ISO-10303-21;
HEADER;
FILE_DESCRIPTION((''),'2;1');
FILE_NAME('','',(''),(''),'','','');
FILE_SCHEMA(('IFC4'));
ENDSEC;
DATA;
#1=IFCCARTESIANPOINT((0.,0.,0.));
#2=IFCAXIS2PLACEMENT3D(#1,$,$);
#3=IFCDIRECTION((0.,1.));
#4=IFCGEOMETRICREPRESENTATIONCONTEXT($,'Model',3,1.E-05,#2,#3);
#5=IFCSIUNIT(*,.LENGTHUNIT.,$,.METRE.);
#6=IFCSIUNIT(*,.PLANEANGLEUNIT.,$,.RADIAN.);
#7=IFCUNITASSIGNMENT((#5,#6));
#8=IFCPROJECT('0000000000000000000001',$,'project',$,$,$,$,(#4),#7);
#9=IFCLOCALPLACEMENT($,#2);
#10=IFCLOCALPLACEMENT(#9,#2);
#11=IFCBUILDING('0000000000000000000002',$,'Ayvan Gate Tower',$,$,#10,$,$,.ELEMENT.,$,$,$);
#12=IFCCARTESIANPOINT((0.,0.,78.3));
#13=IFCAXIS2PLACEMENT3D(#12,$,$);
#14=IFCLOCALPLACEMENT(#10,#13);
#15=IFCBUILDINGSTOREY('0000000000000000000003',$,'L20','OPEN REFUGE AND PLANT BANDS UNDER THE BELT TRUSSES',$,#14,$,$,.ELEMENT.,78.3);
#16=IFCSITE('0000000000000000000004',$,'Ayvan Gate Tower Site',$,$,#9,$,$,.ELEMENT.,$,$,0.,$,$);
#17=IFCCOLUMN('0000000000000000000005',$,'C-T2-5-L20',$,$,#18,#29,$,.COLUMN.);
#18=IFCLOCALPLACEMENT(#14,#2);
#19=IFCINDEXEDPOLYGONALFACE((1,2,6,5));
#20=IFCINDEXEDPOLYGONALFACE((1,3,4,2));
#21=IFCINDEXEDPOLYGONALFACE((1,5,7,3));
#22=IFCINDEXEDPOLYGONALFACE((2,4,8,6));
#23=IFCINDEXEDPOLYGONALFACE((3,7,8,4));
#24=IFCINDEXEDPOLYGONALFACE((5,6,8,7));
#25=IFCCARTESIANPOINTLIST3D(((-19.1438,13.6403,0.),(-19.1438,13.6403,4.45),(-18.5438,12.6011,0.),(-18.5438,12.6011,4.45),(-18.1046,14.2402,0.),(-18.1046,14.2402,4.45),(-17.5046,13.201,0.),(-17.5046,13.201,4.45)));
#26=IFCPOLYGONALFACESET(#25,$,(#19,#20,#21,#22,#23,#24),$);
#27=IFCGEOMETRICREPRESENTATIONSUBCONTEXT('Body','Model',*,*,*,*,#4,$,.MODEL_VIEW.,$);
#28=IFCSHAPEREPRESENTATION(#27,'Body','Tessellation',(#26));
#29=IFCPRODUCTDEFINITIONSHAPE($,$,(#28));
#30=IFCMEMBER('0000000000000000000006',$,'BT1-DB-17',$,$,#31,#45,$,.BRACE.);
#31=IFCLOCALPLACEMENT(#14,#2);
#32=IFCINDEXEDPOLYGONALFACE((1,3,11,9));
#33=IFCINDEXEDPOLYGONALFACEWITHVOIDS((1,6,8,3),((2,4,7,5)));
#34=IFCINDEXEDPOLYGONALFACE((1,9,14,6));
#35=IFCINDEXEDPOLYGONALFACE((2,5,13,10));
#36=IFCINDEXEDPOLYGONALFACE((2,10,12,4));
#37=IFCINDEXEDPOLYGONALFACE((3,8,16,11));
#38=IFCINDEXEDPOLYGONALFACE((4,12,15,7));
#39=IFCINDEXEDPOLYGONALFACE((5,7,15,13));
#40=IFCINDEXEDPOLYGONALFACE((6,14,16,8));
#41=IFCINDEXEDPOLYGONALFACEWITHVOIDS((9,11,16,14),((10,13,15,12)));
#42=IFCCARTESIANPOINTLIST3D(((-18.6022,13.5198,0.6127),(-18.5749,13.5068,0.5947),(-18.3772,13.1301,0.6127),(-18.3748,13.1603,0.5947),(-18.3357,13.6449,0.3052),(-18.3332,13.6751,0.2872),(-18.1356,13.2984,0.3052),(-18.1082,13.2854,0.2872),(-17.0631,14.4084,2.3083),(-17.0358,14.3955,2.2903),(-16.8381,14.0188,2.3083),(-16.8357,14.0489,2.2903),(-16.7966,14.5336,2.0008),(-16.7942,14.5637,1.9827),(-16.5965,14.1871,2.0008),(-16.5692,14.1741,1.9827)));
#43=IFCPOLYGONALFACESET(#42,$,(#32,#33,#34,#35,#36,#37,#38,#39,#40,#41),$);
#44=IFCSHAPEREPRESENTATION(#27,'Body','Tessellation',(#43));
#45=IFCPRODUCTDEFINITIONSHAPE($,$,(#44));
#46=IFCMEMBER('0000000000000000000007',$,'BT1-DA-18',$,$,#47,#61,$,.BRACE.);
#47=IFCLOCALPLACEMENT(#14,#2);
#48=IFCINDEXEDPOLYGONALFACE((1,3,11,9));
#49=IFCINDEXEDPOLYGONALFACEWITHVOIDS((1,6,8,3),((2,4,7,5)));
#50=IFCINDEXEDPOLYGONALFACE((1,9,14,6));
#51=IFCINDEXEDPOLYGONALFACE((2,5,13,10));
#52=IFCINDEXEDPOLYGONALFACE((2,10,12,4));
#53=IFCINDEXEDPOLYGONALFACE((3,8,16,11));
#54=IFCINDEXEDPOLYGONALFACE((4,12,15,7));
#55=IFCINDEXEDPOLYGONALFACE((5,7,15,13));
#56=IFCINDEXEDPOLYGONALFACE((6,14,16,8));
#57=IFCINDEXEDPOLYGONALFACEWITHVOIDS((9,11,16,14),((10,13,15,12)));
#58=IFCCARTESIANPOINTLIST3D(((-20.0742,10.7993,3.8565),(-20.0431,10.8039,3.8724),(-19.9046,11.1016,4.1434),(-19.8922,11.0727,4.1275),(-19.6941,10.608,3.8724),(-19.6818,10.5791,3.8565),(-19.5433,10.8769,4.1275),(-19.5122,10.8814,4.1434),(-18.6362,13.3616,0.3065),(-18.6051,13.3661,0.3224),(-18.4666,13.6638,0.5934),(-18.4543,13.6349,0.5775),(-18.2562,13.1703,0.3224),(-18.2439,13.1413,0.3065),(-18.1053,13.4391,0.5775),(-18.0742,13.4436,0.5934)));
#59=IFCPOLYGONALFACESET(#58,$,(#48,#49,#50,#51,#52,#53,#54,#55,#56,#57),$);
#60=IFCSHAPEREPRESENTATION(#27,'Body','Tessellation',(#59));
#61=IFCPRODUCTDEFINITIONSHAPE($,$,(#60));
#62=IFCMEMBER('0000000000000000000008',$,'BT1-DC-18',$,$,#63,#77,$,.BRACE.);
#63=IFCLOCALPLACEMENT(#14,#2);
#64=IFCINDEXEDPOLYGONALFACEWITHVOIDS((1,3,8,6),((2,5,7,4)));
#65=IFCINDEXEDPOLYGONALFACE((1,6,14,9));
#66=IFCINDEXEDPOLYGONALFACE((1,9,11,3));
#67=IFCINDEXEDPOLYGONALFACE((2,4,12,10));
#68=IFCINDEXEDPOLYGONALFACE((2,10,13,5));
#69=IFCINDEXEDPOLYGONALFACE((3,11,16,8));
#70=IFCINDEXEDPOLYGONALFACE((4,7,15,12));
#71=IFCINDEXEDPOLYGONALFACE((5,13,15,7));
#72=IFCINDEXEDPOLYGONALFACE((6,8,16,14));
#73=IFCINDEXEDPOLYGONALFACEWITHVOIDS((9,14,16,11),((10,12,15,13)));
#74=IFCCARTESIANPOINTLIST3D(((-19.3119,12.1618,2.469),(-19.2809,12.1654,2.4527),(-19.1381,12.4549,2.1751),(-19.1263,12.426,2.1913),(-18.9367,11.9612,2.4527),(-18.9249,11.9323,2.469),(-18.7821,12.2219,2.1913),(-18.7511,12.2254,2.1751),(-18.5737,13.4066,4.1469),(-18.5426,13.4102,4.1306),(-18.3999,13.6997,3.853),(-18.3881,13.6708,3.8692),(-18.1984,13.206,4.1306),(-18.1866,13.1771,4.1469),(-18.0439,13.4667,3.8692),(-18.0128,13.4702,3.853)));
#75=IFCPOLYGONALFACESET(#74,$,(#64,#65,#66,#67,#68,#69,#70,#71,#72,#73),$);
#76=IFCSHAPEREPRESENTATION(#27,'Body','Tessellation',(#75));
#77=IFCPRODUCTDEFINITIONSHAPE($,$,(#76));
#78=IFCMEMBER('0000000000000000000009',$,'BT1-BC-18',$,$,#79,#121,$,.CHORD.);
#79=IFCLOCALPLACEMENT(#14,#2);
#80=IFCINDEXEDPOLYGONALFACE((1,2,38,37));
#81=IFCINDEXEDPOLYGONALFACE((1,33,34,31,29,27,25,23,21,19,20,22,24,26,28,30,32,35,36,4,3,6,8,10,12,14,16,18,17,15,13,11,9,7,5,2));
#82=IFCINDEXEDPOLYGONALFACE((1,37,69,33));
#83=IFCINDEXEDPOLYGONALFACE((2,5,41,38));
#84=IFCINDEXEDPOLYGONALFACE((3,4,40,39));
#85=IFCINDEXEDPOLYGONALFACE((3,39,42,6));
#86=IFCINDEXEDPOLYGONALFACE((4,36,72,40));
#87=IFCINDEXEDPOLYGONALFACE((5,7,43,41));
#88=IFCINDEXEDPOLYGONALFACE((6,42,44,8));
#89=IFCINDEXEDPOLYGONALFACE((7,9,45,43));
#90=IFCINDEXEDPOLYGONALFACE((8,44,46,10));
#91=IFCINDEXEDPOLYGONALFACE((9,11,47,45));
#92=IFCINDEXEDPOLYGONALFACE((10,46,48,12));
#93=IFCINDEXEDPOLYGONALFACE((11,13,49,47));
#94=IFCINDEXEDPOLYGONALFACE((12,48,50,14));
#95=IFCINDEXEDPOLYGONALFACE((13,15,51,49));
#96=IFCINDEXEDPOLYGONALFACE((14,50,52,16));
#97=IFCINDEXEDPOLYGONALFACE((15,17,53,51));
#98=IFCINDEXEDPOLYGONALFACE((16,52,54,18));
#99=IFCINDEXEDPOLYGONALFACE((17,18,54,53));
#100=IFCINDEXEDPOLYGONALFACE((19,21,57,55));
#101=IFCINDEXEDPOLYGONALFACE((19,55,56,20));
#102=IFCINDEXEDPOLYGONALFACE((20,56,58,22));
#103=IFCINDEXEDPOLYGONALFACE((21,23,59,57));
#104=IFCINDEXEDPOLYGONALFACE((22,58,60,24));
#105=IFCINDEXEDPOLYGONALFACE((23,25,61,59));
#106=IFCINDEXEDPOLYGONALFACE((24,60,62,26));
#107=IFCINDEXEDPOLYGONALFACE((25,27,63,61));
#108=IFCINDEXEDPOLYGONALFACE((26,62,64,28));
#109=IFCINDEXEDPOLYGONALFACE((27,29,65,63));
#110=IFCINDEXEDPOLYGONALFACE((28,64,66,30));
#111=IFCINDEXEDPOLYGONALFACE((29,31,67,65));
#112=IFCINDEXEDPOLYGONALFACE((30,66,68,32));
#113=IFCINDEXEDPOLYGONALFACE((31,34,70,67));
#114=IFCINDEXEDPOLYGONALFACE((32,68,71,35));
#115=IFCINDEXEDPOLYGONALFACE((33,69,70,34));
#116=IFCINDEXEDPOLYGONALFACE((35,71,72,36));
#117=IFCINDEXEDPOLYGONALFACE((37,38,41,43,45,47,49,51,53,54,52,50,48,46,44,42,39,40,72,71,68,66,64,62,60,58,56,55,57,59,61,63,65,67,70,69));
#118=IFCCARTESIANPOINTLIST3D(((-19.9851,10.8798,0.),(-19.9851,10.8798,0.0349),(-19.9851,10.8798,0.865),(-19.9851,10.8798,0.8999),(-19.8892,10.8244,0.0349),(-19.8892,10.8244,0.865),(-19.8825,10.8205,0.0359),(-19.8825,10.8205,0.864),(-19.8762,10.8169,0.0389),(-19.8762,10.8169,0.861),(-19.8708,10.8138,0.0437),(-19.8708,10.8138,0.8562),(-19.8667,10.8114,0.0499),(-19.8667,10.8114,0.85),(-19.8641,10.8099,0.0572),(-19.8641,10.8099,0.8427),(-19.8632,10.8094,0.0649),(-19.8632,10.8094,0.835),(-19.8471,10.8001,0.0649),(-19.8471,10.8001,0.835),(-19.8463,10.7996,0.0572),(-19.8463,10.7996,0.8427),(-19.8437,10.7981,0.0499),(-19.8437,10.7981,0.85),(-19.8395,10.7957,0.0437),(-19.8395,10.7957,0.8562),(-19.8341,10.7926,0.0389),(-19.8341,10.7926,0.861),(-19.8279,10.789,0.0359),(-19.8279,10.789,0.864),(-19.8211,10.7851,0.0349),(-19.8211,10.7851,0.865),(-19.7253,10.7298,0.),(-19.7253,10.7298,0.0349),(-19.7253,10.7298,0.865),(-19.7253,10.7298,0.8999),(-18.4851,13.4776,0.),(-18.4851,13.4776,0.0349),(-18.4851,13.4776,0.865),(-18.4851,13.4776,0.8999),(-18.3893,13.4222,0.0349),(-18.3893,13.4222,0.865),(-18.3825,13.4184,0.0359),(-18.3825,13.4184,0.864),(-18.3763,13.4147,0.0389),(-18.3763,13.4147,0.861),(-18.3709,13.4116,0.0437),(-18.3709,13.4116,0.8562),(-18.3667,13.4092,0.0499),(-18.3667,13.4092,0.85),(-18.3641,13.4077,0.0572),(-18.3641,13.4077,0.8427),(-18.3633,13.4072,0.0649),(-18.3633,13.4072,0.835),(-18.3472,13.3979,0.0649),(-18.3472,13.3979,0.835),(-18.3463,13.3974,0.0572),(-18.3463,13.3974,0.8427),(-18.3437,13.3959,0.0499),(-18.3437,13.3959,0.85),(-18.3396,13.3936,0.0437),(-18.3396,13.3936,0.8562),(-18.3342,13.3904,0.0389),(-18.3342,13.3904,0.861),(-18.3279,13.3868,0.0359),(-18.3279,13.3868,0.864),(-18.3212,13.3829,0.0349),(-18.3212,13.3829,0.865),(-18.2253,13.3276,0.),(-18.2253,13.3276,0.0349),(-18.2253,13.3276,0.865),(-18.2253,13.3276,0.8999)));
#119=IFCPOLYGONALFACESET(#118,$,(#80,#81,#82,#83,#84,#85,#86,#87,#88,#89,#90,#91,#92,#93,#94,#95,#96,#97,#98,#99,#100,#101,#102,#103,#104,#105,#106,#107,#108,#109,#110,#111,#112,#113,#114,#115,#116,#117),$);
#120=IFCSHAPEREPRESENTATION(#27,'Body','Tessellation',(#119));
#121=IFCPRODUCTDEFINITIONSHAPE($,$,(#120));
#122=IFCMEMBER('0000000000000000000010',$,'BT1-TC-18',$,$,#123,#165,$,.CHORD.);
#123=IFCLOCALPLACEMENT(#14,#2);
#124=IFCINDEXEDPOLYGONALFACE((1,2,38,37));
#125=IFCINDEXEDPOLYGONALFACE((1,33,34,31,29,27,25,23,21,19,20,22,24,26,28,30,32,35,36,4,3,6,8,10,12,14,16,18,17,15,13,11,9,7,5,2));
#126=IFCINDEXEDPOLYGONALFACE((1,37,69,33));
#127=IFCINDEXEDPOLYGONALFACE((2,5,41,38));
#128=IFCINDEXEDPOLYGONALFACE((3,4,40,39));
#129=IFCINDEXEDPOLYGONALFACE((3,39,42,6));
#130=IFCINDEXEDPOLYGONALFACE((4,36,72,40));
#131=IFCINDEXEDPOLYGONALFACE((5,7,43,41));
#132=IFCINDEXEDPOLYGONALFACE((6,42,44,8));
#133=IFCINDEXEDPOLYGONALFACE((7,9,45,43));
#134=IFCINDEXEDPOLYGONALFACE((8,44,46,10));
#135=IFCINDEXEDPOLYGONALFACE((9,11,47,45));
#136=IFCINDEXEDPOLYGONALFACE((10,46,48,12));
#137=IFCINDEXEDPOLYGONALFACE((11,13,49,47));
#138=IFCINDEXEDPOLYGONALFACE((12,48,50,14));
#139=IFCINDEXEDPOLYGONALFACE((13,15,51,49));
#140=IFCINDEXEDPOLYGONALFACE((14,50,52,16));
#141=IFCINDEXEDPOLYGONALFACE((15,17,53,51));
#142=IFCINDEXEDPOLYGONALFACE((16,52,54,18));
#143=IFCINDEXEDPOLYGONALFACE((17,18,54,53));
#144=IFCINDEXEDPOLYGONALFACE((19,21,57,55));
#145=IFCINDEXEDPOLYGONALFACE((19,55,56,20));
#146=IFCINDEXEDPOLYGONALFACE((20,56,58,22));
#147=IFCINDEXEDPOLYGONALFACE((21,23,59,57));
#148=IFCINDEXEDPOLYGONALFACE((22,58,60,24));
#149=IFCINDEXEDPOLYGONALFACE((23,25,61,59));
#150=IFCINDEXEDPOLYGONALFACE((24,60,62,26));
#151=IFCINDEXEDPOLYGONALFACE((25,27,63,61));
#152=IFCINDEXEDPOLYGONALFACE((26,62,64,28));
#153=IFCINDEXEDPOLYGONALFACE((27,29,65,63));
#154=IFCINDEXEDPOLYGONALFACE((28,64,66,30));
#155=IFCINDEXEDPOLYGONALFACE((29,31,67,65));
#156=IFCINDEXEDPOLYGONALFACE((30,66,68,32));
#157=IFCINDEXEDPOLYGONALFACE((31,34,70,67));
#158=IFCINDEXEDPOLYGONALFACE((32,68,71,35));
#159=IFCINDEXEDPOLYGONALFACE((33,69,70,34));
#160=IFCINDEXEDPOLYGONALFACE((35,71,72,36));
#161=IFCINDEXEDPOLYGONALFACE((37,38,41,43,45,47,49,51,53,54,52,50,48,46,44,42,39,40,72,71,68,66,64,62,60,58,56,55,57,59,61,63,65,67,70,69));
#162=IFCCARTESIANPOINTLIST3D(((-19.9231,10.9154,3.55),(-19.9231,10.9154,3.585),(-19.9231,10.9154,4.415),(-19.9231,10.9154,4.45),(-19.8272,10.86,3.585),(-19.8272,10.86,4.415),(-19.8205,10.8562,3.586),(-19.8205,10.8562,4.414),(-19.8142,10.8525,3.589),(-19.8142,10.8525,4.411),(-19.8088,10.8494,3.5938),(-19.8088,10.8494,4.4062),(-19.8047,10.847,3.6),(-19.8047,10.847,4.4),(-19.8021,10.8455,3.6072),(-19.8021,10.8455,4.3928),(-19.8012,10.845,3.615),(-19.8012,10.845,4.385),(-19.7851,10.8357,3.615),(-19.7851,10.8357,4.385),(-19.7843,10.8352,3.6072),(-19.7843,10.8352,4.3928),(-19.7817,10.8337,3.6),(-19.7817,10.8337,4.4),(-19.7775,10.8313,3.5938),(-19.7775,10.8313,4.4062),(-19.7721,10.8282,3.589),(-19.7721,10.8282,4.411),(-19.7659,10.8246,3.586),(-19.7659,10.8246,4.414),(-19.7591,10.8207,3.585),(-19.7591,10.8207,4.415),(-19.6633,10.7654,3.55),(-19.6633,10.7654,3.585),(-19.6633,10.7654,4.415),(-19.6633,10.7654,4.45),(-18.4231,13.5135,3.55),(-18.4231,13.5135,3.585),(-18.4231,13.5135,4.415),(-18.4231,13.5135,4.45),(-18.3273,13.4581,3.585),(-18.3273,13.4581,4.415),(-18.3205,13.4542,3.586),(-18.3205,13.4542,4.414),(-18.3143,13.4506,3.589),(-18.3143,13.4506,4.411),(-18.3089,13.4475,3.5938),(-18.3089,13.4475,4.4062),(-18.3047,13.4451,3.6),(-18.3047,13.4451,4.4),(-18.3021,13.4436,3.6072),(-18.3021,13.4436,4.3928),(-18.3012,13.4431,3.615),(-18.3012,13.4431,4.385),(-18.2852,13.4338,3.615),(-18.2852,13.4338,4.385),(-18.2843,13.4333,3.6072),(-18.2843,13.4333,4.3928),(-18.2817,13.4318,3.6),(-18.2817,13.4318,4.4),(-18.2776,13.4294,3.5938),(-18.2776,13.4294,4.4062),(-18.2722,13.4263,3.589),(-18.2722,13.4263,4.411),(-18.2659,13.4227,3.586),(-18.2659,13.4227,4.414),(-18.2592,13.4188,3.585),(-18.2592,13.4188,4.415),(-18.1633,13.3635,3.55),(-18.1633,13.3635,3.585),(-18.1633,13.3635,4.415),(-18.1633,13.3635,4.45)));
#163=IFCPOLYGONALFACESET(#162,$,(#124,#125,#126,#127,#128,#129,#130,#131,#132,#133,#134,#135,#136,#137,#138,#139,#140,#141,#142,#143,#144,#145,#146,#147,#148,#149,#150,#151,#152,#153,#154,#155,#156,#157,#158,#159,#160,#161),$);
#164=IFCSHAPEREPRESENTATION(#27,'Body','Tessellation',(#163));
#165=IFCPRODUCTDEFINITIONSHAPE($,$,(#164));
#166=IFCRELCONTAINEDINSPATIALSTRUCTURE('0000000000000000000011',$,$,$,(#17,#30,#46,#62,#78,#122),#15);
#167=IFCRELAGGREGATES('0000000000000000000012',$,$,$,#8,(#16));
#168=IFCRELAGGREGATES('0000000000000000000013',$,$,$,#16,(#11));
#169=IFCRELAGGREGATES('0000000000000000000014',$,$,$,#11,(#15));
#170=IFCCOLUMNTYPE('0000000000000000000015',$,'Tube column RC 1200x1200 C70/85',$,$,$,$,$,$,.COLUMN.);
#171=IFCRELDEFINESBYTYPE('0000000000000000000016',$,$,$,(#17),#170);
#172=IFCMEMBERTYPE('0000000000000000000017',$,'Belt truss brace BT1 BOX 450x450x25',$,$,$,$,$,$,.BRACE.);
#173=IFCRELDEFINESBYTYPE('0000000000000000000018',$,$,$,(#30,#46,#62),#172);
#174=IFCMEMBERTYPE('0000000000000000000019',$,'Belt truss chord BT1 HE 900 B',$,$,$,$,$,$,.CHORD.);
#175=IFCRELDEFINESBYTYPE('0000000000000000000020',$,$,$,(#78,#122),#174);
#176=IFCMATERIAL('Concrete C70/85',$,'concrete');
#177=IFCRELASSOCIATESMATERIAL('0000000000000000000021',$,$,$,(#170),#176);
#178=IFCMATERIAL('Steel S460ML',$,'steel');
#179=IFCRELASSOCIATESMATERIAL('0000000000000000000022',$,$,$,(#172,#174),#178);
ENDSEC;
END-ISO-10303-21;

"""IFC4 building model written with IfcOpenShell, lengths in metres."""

from ifc_helpers import new_model, si_unit, direction, frame, origin, origin_2d, place, context, subcontext, project, spatial, rectangle, hollow_rectangle, i_section, extrude, material, material_profile, profile_set, type_object, element, save


model = new_model("IFC4")

# Units and contexts
model_context = context("Model", 3, precision=1e-05, world=origin(), true_north=direction((0.0, 1.0)))
body_context = subcontext(model_context, "Body", "Model", "MODEL_VIEW")
ifc_project = project(units=[si_unit("LENGTHUNIT", "METRE"), si_unit("PLANEANGLEUNIT", "RADIAN")], contexts=[model_context])

# Site, building, storey
site_placement = place(None, origin())
site = spatial("IfcSite", under=ifc_project, at=site_placement, Name="Ayvan Gate Tower Site", CompositionType="ELEMENT", RefElevation=0.0)
building_placement = place(site_placement, origin())
building = spatial("IfcBuilding", under=site, at=building_placement, Name="Ayvan Gate Tower", CompositionType="ELEMENT")
storey_placement = place(building_placement, frame((0.0, 0.0, 78.3)))
storey = spatial("IfcBuildingStorey", under=building, at=storey_placement, Name="L20", Description="OPEN REFUGE AND PLANT BANDS UNDER THE BELT TRUSSES", CompositionType="ELEMENT", Elevation=78.3)

# Column
ifc_material_1 = material(Name="Concrete C70/85", Category="concrete")
ifc_material_profile_1 = material_profile(ifc_material_1, rectangle(XDim=1.2, YDim=1.2, at=origin_2d()), Name="RC 1200x1200")
ifc_profile_set_1 = profile_set([ifc_material_profile_1], Name="Concrete C70/85")
column_type = type_object("IfcColumnType", Name="Tube column RC 1200x1200 C70/85", PredefinedType="COLUMN", material=ifc_profile_set_1)
column_placement = place(storey_placement, frame((-18.3242, 13.4207, 0.0), z_axis=(0.0, 0.0, 1.0), x_axis=(-0.5, 0.866025, 0.0)))
element("IfcColumn", 1, at=column_placement, inside=storey, type_object=column_type, Name="C-T2-5-L20", PredefinedType="COLUMN", context=body_context, shape_type="SweptSolid", body=[
    extrude(rectangle(XDim=1.2, YDim=1.2, at=origin_2d()), origin(), (0.0, 0.0, 1.0), 4.45),
])

# Members
ifc_material_2 = material(Name="Steel S460ML", Category="steel")
ifc_material_profile_2 = material_profile(ifc_material_2, hollow_rectangle(XDim=0.45, YDim=0.45, WallThickness=0.0249, at=origin_2d()), Name="BOX 450x450x25")
ifc_profile_set_2 = profile_set([ifc_material_profile_2], Name="Steel S460ML")
member_type_1 = type_object("IfcMemberType", Name="Belt truss brace BT1 BOX 450x450x25", PredefinedType="BRACE", material=ifc_profile_set_2)
member_1_placement = place(storey_placement, frame((-18.3552, 13.4026, 0.45), z_axis=(0.62658, 0.361794, 0.690292), x_axis=(-0.50004, 0.866003, 0.0)))
element("IfcMember", 2, at=member_1_placement, inside=storey, type_object=member_type_1, Name="BT1-DB-17", PredefinedType="BRACE", context=body_context, shape_type="SweptSolid", body=[
    extrude(hollow_rectangle(XDim=0.45, YDim=0.45, WallThickness=0.0249, at=origin_2d()), origin(), (0.0, 0.0, 1.0), 2.4563),
])
member_2_placement = place(storey_placement, frame((-18.3552, 13.4026, 0.45), z_axis=(-0.312048, -0.556017, 0.770371), x_axis=(0.872052, -0.489413, 0.0)))
element("IfcMember", 3, at=member_2_placement, inside=storey, type_object=member_type_1, Name="BT1-DA-18", PredefinedType="BRACE", context=body_context, shape_type="SweptSolid", body=[
    extrude(hollow_rectangle(XDim=0.45, YDim=0.45, WallThickness=0.0249, at=origin_2d()), origin(), (0.0, 0.0, 1.0), 4.6082),
])
member_3_placement = place(storey_placement, frame((-19.0315, 12.1936, 2.322), z_axis=(0.333169, 0.561782, 0.757232), x_axis=(-0.860116, 0.510098, 0.0)))
element("IfcMember", 4, at=member_3_placement, inside=storey, type_object=member_type_1, Name="BT1-DC-18", PredefinedType="BRACE", context=body_context, shape_type="SweptSolid", body=[
    extrude(hollow_rectangle(XDim=0.45, YDim=0.45, WallThickness=0.0249, at=origin_2d()), origin(), (0.0, 0.0, 1.0), 2.2158),
])
ifc_material_profile_3 = material_profile(ifc_material_2, i_section(OverallWidth=0.3, OverallDepth=0.8999, WebThickness=0.0186, FlangeThickness=0.0349, FilletRadius=0.03, at=origin_2d()), Name="HE 900 B")
ifc_profile_set_3 = profile_set([ifc_material_profile_3], Name="Steel S460ML")
member_type_2 = type_object("IfcMemberType", Name="Belt truss chord BT1 HE 900 B", PredefinedType="CHORD", material=ifc_profile_set_3)
member_4_placement = place(storey_placement, frame((-18.3552, 13.4026, 0.45), z_axis=(-0.500025, -0.866011, 0.0), x_axis=(0.866011, -0.500025, 0.0)))
element("IfcMember", 5, at=member_4_placement, inside=storey, type_object=member_type_2, Name="BT1-BC-18", PredefinedType="CHORD", context=body_context, shape_type="SweptSolid", body=[
    extrude(i_section(OverallWidth=0.3, OverallDepth=0.8999, WebThickness=0.0186, FlangeThickness=0.0349, FilletRadius=0.03, at=origin_2d()), origin(), (0.0, 0.0, 1.0), 2.9998),
])
member_5_placement = place(storey_placement, frame((-18.2932, 13.4385, 4.0), z_axis=(-0.49999, -0.866031, 0.0), x_axis=(0.866031, -0.49999, 0.0)))
element("IfcMember", 6, at=member_5_placement, inside=storey, type_object=member_type_2, Name="BT1-TC-18", PredefinedType="CHORD", context=body_context, shape_type="SweptSolid", body=[
    extrude(i_section(OverallWidth=0.3, OverallDepth=0.8999, WebThickness=0.0186, FlangeThickness=0.0349, FilletRadius=0.03, at=origin_2d()), origin(), (0.0, 0.0, 1.0), 3.0),
])

save(model, "model.ifc")
